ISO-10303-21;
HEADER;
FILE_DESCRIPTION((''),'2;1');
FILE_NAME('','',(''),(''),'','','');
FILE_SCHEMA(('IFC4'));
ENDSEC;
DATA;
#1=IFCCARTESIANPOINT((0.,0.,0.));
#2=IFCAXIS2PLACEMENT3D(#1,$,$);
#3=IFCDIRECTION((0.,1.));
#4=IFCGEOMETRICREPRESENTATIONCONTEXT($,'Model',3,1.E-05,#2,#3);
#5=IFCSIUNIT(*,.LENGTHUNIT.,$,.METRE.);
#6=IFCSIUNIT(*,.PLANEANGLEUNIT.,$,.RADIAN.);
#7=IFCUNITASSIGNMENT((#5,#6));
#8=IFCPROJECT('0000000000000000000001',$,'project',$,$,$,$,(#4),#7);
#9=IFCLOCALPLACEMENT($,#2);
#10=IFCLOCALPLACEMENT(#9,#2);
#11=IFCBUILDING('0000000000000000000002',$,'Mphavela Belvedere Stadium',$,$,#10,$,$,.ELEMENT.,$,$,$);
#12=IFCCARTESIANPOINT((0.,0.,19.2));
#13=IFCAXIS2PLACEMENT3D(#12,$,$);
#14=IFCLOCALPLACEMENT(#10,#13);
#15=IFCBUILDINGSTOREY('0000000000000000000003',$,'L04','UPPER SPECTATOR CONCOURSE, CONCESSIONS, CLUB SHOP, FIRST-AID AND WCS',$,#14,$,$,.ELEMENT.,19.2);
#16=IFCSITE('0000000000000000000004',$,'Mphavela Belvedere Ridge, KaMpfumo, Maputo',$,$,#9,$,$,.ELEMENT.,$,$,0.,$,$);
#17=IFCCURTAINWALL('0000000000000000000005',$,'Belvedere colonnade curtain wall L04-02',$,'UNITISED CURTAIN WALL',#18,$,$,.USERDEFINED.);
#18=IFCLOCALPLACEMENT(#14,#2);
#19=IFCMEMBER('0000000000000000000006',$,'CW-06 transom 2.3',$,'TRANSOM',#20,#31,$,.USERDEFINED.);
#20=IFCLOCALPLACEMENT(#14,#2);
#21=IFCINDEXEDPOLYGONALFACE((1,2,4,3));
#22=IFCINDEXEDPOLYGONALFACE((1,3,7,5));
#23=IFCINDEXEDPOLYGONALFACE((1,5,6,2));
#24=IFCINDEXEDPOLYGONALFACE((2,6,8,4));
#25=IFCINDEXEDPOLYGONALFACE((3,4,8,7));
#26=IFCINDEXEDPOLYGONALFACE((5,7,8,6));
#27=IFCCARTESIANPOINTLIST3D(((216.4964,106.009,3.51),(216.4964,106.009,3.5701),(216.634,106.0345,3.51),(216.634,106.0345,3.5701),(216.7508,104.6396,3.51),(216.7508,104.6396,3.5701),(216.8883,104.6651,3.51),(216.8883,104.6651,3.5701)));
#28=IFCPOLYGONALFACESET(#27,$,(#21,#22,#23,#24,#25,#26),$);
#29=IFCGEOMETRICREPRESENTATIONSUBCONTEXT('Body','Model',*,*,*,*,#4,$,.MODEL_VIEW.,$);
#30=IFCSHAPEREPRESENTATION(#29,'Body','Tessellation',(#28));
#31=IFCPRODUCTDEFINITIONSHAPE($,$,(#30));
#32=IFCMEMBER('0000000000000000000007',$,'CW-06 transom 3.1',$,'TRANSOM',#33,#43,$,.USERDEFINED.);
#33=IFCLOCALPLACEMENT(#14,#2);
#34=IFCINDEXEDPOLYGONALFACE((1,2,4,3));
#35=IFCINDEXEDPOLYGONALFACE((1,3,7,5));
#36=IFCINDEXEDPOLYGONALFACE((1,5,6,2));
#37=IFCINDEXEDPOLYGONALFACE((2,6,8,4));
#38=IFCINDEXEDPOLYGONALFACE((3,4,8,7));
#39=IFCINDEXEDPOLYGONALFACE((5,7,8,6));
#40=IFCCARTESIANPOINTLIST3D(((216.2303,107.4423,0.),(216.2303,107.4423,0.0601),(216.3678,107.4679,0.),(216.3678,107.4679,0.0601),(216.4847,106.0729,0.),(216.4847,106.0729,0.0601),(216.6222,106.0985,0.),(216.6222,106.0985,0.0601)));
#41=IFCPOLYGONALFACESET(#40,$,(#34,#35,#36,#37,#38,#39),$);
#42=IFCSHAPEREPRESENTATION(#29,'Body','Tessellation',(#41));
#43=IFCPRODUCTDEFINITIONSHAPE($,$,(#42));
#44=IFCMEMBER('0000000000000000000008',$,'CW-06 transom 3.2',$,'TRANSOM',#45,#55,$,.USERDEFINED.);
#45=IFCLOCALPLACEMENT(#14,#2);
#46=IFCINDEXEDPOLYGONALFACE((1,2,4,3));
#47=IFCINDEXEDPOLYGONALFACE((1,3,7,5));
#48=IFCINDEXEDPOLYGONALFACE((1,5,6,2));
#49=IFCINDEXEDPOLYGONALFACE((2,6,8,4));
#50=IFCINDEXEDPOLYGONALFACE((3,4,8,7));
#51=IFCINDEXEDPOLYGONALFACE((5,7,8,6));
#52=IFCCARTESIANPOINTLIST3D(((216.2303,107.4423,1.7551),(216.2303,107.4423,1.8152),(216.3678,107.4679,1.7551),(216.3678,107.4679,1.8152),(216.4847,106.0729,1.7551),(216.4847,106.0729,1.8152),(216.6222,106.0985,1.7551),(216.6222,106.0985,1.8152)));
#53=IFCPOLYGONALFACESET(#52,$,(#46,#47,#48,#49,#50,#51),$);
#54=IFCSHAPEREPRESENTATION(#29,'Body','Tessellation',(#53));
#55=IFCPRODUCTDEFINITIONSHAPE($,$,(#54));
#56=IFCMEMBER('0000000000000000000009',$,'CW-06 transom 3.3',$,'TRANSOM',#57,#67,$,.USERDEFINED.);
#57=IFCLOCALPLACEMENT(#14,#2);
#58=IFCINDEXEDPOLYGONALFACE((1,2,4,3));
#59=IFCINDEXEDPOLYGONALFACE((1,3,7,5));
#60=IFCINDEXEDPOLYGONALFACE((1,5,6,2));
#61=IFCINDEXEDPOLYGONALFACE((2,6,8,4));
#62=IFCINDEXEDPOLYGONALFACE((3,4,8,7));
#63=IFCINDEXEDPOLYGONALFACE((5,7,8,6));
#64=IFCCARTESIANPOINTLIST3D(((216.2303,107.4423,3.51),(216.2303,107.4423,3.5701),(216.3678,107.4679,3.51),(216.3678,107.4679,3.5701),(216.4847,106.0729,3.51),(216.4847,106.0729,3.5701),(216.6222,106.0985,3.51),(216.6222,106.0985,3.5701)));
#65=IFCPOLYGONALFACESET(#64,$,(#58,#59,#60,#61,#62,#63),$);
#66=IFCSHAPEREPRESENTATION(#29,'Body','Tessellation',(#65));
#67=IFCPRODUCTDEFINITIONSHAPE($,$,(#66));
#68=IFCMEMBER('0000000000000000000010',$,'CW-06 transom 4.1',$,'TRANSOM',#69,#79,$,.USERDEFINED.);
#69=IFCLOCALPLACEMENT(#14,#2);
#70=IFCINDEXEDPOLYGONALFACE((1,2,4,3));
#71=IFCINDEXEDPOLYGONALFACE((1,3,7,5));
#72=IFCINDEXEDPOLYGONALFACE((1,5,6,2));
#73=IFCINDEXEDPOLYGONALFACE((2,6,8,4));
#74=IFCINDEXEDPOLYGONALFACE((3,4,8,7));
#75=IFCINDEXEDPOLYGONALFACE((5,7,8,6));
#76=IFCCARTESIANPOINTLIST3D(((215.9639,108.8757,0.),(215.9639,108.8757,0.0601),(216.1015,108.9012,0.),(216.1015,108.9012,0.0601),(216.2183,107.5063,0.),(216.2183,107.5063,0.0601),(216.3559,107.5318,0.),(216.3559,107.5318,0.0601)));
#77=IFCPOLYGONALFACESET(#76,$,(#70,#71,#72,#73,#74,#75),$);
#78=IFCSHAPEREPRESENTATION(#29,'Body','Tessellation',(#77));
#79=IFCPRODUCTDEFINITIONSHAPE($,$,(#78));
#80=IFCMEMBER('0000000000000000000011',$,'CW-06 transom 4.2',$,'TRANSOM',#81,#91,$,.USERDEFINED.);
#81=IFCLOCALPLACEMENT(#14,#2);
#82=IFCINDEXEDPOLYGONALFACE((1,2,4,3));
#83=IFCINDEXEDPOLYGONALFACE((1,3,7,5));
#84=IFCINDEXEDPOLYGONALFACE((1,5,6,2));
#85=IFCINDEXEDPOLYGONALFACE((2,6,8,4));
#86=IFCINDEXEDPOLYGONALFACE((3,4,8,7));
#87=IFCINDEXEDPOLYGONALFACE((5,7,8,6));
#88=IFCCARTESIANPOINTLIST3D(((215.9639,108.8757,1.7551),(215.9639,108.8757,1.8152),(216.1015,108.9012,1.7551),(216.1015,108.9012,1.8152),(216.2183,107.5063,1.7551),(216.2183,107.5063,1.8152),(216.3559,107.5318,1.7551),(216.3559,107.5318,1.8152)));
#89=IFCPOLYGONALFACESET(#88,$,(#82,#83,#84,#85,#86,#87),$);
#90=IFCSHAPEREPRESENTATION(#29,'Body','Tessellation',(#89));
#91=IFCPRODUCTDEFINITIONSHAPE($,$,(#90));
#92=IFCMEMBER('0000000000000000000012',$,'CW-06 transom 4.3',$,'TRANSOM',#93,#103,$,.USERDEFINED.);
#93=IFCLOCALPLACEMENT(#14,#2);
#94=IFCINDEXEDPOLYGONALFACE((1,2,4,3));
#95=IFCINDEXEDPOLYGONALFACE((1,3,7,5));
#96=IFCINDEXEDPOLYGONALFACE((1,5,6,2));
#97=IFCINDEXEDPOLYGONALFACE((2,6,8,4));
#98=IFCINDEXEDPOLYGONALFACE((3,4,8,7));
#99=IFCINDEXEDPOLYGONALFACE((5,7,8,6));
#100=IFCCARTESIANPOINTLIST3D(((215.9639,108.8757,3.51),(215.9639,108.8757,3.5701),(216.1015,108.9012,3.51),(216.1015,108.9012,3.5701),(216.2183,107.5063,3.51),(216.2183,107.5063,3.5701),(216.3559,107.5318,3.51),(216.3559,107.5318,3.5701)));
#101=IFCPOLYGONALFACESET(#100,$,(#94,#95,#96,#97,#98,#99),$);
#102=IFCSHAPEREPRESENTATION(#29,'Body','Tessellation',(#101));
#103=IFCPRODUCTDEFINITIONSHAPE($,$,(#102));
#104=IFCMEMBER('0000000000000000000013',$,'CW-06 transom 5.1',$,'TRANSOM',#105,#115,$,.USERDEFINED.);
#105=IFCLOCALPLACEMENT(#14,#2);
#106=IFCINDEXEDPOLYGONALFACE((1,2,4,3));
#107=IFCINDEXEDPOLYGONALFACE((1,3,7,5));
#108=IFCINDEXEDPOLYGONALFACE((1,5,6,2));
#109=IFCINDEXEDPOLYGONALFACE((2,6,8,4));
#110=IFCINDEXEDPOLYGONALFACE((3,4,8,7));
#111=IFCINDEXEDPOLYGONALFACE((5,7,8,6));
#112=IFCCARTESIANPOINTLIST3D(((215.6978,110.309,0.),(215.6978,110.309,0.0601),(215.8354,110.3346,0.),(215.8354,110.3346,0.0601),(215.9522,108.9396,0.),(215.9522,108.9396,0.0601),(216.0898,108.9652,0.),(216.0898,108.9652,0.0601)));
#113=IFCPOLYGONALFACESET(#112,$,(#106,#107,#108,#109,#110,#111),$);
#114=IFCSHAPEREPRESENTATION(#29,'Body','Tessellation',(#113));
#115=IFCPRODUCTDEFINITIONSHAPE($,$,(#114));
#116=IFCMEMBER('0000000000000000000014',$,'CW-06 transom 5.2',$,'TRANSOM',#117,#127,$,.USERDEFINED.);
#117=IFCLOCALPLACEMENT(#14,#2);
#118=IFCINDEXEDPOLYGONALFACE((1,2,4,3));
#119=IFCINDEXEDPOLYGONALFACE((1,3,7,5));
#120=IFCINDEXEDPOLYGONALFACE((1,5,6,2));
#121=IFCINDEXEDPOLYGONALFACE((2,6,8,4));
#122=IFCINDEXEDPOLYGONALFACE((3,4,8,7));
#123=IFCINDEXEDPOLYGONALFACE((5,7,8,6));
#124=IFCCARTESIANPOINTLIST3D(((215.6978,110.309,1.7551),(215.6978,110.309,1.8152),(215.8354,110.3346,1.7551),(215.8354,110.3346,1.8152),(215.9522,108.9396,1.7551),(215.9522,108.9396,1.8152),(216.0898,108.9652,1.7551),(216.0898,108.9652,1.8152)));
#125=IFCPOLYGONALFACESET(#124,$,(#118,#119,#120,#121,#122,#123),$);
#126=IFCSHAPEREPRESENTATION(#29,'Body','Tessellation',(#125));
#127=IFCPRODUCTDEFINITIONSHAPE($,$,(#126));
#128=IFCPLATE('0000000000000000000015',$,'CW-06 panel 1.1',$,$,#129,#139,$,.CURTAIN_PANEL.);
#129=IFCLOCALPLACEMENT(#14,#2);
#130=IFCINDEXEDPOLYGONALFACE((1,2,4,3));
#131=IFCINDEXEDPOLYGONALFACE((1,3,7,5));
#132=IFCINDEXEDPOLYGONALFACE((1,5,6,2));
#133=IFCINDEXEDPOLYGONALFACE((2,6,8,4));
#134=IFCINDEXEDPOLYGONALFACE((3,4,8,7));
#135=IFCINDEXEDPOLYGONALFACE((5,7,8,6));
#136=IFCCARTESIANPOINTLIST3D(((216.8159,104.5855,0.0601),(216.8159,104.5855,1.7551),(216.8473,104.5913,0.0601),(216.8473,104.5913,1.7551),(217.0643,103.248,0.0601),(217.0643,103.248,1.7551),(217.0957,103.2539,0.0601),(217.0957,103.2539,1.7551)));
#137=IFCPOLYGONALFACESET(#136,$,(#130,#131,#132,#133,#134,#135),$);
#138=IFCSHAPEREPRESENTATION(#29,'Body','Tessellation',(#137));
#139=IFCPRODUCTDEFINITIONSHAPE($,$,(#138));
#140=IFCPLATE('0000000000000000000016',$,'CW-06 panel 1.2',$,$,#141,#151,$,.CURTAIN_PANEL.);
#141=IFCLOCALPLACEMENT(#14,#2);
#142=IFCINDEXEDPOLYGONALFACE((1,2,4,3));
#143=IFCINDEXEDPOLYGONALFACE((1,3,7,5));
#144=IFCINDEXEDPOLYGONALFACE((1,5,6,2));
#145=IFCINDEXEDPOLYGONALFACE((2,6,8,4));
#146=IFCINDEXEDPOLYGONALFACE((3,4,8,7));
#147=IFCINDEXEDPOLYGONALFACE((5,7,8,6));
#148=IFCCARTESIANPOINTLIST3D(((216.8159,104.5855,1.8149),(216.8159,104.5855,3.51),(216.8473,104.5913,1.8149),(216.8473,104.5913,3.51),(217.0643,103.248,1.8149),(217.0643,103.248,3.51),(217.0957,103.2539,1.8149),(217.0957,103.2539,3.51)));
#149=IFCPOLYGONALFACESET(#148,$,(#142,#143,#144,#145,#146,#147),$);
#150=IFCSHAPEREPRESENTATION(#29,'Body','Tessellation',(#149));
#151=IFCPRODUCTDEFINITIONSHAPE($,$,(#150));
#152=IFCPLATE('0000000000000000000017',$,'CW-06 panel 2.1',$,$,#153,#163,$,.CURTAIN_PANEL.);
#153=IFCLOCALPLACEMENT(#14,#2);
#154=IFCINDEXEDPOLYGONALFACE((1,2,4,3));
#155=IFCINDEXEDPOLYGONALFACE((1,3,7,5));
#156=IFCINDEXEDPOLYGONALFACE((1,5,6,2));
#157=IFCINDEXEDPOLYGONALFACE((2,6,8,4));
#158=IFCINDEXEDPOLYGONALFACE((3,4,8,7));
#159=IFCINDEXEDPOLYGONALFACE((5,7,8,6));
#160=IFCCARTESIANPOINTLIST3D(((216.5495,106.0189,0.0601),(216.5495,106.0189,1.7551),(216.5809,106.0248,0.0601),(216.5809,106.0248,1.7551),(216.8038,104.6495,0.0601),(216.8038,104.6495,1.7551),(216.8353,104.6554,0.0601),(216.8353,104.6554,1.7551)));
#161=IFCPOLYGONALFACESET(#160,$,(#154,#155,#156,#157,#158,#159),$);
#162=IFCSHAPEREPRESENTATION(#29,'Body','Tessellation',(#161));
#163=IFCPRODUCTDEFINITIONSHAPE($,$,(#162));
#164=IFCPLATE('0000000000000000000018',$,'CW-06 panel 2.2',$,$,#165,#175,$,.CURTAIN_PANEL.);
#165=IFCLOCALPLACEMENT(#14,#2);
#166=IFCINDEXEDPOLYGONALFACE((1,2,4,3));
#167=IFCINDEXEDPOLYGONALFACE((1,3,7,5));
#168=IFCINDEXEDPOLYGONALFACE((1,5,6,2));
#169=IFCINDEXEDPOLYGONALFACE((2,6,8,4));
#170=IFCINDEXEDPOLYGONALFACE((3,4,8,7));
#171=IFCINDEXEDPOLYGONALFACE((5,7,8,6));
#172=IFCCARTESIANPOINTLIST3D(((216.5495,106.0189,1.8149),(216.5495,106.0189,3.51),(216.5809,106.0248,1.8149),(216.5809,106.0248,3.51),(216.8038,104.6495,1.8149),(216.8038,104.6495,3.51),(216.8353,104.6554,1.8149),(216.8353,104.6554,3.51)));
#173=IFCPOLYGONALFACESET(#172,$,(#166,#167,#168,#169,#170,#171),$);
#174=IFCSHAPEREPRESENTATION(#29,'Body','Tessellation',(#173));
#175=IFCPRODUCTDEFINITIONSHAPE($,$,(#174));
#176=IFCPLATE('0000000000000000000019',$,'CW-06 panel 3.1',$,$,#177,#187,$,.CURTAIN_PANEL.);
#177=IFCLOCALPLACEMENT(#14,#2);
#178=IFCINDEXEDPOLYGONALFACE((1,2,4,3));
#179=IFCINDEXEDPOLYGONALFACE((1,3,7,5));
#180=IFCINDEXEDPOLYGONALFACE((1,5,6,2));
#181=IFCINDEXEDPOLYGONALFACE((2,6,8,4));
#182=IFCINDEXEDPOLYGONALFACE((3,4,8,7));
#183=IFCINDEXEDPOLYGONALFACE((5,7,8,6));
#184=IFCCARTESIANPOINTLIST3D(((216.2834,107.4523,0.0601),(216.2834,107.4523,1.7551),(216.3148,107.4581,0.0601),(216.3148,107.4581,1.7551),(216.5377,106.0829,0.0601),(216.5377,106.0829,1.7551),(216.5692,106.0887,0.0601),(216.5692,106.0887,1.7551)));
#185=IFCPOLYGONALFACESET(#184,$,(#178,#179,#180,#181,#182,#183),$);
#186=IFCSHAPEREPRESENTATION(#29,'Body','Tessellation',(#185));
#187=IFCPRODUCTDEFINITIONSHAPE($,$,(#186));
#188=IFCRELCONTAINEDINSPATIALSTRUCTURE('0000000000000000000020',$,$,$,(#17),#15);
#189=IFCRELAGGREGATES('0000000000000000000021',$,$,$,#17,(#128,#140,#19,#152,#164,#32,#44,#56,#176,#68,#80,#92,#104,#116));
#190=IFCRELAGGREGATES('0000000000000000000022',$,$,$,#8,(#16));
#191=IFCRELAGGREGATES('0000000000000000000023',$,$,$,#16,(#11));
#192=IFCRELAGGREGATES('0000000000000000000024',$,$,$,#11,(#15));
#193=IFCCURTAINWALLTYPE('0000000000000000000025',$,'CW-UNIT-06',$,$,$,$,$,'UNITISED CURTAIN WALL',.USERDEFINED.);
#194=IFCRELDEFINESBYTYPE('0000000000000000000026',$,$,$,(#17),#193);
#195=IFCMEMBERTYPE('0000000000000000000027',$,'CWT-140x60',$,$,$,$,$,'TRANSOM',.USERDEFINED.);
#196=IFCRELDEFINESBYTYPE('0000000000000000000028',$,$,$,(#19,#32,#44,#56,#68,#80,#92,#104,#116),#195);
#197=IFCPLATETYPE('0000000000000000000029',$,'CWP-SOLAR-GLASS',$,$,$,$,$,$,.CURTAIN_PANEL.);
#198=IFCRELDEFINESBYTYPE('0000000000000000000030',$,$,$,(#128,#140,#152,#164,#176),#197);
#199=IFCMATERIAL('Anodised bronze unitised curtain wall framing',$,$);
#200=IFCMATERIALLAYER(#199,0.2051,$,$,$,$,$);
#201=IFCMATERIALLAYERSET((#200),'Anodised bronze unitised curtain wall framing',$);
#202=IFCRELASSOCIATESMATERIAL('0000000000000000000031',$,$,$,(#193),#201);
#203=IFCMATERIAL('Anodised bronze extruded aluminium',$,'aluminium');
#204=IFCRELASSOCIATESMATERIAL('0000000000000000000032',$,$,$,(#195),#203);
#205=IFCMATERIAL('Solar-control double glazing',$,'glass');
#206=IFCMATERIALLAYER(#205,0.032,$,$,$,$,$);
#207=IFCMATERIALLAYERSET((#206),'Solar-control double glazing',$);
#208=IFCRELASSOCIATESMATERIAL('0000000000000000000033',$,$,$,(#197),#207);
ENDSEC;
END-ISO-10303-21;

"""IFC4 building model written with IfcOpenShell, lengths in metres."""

from ifc_helpers import new_model, si_unit, direction, frame, origin, origin_2d, place, context, subcontext, project, spatial, rectangle, extrude, material, layer, layer_set, material_profile, profile_set, type_object, element, aggregate, save


model = new_model("IFC4")

# Units and contexts
model_context = context("Model", 3, precision=1e-05, world=origin(), true_north=direction((0.0, 1.0)))
body_context = subcontext(model_context, "Body", "Model", "MODEL_VIEW")
ifc_project = project(units=[si_unit("LENGTHUNIT", "METRE"), si_unit("PLANEANGLEUNIT", "RADIAN")], contexts=[model_context])

# Site, building, storey
site_placement = place(None, origin())
site = spatial("IfcSite", under=ifc_project, at=site_placement, Name="Mphavela Belvedere Ridge, KaMpfumo, Maputo", CompositionType="ELEMENT", RefElevation=0.0)
building_placement = place(site_placement, origin())
building = spatial("IfcBuilding", under=site, at=building_placement, Name="Mphavela Belvedere Stadium", CompositionType="ELEMENT")
storey_placement = place(building_placement, frame((0.0, 0.0, 19.2)))
storey = spatial("IfcBuildingStorey", under=building, at=storey_placement, Name="L04", Description="UPPER SPECTATOR CONCOURSE, CONCESSIONS, CLUB SHOP, FIRST-AID AND WCS", CompositionType="ELEMENT", Elevation=19.2)

# Curtain wall, members, plates
ifc_material_1 = material(Name="Anodised bronze unitised curtain wall framing")
ifc_layer_1 = layer(ifc_material_1, 0.2051)
ifc_layer_set_1 = layer_set([ifc_layer_1], Name="Anodised bronze unitised curtain wall framing")
curtain_wall_type = type_object("IfcCurtainWallType", Name="CW-UNIT-06", ElementType="UNITISED CURTAIN WALL", PredefinedType="USERDEFINED", material=ifc_layer_set_1)
curtain_wall_placement = place(storey_placement, origin())
curtain_wall = element("IfcCurtainWall", 1, at=curtain_wall_placement, inside=storey, type_object=curtain_wall_type, Name="Belvedere colonnade curtain wall L04-02", ObjectType="UNITISED CURTAIN WALL", PredefinedType="USERDEFINED")
ifc_material_2 = material(Name="Anodised bronze extruded aluminium", Category="aluminium")
ifc_material_profile_1 = material_profile(ifc_material_2, rectangle(XDim=0.1399, YDim=0.0601, at=origin_2d()), Name="CW-TRN 140x60")
ifc_profile_set_1 = profile_set([ifc_material_profile_1], Name="Anodised bronze extruded aluminium")
member_type_1 = type_object("IfcMemberType", Name="CWT-140x60", ElementType="TRANSOM", PredefinedType="USERDEFINED", material=ifc_profile_set_1)
member_1_placement = place(storey_placement, frame((216.8196, 104.6523, 3.54), z_axis=(-0.182648, 0.983178, 0.0), x_axis=(-0.983178, -0.182648, 0.0)))
member_1 = element("IfcMember", 2, at=member_1_placement, type_object=member_type_1, Name="CW-06 transom 2.3", ObjectType="TRANSOM", PredefinedType="USERDEFINED", context=body_context, shape_type="SweptSolid", body=[
    extrude(rectangle(XDim=0.1399, YDim=0.0601, at=origin_2d()), origin(), (0.0, 0.0, 1.0), 1.3928),
])
member_2_placement = place(storey_placement, frame((216.5535, 106.0857, 0.03), z_axis=(-0.182648, 0.983178, 0.0), x_axis=(-0.983178, -0.182648, 0.0)))
member_2 = element("IfcMember", 3, at=member_2_placement, type_object=member_type_1, Name="CW-06 transom 3.1", ObjectType="TRANSOM", PredefinedType="USERDEFINED", context=body_context, shape_type="SweptSolid", body=[
    extrude(rectangle(XDim=0.1399, YDim=0.0601, at=origin_2d()), origin(), (0.0, 0.0, 1.0), 1.3928),
])
member_3_placement = place(storey_placement, frame((216.5535, 106.0857, 1.7852), z_axis=(-0.182648, 0.983178, 0.0), x_axis=(-0.983178, -0.182648, 0.0)))
member_3 = element("IfcMember", 4, at=member_3_placement, type_object=member_type_1, Name="CW-06 transom 3.2", ObjectType="TRANSOM", PredefinedType="USERDEFINED", context=body_context, shape_type="SweptSolid", body=[
    extrude(rectangle(XDim=0.1399, YDim=0.0601, at=origin_2d()), origin(), (0.0, 0.0, 1.0), 1.3928),
])
member_4_placement = place(storey_placement, frame((216.5535, 106.0857, 3.54), z_axis=(-0.182648, 0.983178, 0.0), x_axis=(-0.983178, -0.182648, 0.0)))
member_4 = element("IfcMember", 5, at=member_4_placement, type_object=member_type_1, Name="CW-06 transom 3.3", ObjectType="TRANSOM", PredefinedType="USERDEFINED", context=body_context, shape_type="SweptSolid", body=[
    extrude(rectangle(XDim=0.1399, YDim=0.0601, at=origin_2d()), origin(), (0.0, 0.0, 1.0), 1.3928),
])
member_5_placement = place(storey_placement, frame((216.2871, 107.519, 0.03), z_axis=(-0.182648, 0.983178, 0.0), x_axis=(-0.983178, -0.182648, 0.0)))
member_5 = element("IfcMember", 6, at=member_5_placement, type_object=member_type_1, Name="CW-06 transom 4.1", ObjectType="TRANSOM", PredefinedType="USERDEFINED", context=body_context, shape_type="SweptSolid", body=[
    extrude(rectangle(XDim=0.1399, YDim=0.0601, at=origin_2d()), origin(), (0.0, 0.0, 1.0), 1.3928),
])
member_6_placement = place(storey_placement, frame((216.2871, 107.519, 1.7852), z_axis=(-0.182648, 0.983178, 0.0), x_axis=(-0.983178, -0.182648, 0.0)))
member_6 = element("IfcMember", 7, at=member_6_placement, type_object=member_type_1, Name="CW-06 transom 4.2", ObjectType="TRANSOM", PredefinedType="USERDEFINED", context=body_context, shape_type="SweptSolid", body=[
    extrude(rectangle(XDim=0.1399, YDim=0.0601, at=origin_2d()), origin(), (0.0, 0.0, 1.0), 1.3928),
])
member_7_placement = place(storey_placement, frame((216.2871, 107.519, 3.54), z_axis=(-0.182648, 0.983178, 0.0), x_axis=(-0.983178, -0.182648, 0.0)))
member_7 = element("IfcMember", 8, at=member_7_placement, type_object=member_type_1, Name="CW-06 transom 4.3", ObjectType="TRANSOM", PredefinedType="USERDEFINED", context=body_context, shape_type="SweptSolid", body=[
    extrude(rectangle(XDim=0.1399, YDim=0.0601, at=origin_2d()), origin(), (0.0, 0.0, 1.0), 1.3928),
])
member_8_placement = place(storey_placement, frame((216.021, 108.9524, 0.03), z_axis=(-0.182648, 0.983178, 0.0), x_axis=(-0.983178, -0.182648, 0.0)))
member_8 = element("IfcMember", 9, at=member_8_placement, type_object=member_type_1, Name="CW-06 transom 5.1", ObjectType="TRANSOM", PredefinedType="USERDEFINED", context=body_context, shape_type="SweptSolid", body=[
    extrude(rectangle(XDim=0.1399, YDim=0.0601, at=origin_2d()), origin(), (0.0, 0.0, 1.0), 1.3928),
])
member_9_placement = place(storey_placement, frame((216.021, 108.9524, 1.7852), z_axis=(-0.182648, 0.983178, 0.0), x_axis=(-0.983178, -0.182648, 0.0)))
member_9 = element("IfcMember", 10, at=member_9_placement, type_object=member_type_1, Name="CW-06 transom 5.2", ObjectType="TRANSOM", PredefinedType="USERDEFINED", context=body_context, shape_type="SweptSolid", body=[
    extrude(rectangle(XDim=0.1399, YDim=0.0601, at=origin_2d()), origin(), (0.0, 0.0, 1.0), 1.3928),
])
ifc_material_3 = material(Name="Solar-control double glazing", Category="glass")
ifc_layer_2 = layer(ifc_material_3, 0.032)
ifc_layer_set_2 = layer_set([ifc_layer_2], Name="Solar-control double glazing")
plate_type = type_object("IfcPlateType", Name="CWP-SOLAR-GLASS", PredefinedType="CURTAIN_PANEL", material=ifc_layer_set_2)
plate_1_placement = place(storey_placement, frame((216.9558, 103.9197, 0.0601), z_axis=(0.0, 0.0, 1.0), x_axis=(-0.182618, 0.983184, 0.0)))
plate_1 = element("IfcPlate", 11, at=plate_1_placement, type_object=plate_type, Name="CW-06 panel 1.1", PredefinedType="CURTAIN_PANEL", context=body_context, shape_type="SweptSolid", body=[
    extrude(rectangle(XDim=1.3604, YDim=0.032, at=origin_2d()), origin(), (0.0, 0.0, 1.0), 1.6951),
])
plate_2_placement = place(storey_placement, frame((216.9558, 103.9197, 1.8149), z_axis=(0.0, 0.0, 1.0), x_axis=(-0.182618, 0.983184, 0.0)))
plate_2 = element("IfcPlate", 12, at=plate_2_placement, type_object=plate_type, Name="CW-06 panel 1.2", PredefinedType="CURTAIN_PANEL", context=body_context, shape_type="SweptSolid", body=[
    extrude(rectangle(XDim=1.3604, YDim=0.032, at=origin_2d()), origin(), (0.0, 0.0, 1.0), 1.6951),
])
plate_3_placement = place(storey_placement, frame((216.6924, 105.3372, 0.0601), z_axis=(0.0, 0.0, 1.0), x_axis=(-0.182618, 0.983184, 0.0)))
plate_3 = element("IfcPlate", 13, at=plate_3_placement, type_object=plate_type, Name="CW-06 panel 2.1", PredefinedType="CURTAIN_PANEL", context=body_context, shape_type="SweptSolid", body=[
    extrude(rectangle(XDim=1.3928, YDim=0.032, at=origin_2d()), origin(), (0.0, 0.0, 1.0), 1.6951),
])
plate_4_placement = place(storey_placement, frame((216.6924, 105.3372, 1.8149), z_axis=(0.0, 0.0, 1.0), x_axis=(-0.182618, 0.983184, 0.0)))
plate_4 = element("IfcPlate", 14, at=plate_4_placement, type_object=plate_type, Name="CW-06 panel 2.2", PredefinedType="CURTAIN_PANEL", context=body_context, shape_type="SweptSolid", body=[
    extrude(rectangle(XDim=1.3928, YDim=0.032, at=origin_2d()), origin(), (0.0, 0.0, 1.0), 1.6951),
])
plate_5_placement = place(storey_placement, frame((216.4263, 106.7705, 0.0601), z_axis=(0.0, 0.0, 1.0), x_axis=(-0.182618, 0.983184, 0.0)))
plate_5 = element("IfcPlate", 15, at=plate_5_placement, type_object=plate_type, Name="CW-06 panel 3.1", PredefinedType="CURTAIN_PANEL", context=body_context, shape_type="SweptSolid", body=[
    extrude(rectangle(XDim=1.3928, YDim=0.032, at=origin_2d()), origin(), (0.0, 0.0, 1.0), 1.6951),
])
aggregate(curtain_wall, [plate_1, plate_2, member_1, plate_3, plate_4, member_2, member_3, member_4, plate_5, member_5, member_6, member_7, member_8, member_9])

save(model, "model.ifc")
